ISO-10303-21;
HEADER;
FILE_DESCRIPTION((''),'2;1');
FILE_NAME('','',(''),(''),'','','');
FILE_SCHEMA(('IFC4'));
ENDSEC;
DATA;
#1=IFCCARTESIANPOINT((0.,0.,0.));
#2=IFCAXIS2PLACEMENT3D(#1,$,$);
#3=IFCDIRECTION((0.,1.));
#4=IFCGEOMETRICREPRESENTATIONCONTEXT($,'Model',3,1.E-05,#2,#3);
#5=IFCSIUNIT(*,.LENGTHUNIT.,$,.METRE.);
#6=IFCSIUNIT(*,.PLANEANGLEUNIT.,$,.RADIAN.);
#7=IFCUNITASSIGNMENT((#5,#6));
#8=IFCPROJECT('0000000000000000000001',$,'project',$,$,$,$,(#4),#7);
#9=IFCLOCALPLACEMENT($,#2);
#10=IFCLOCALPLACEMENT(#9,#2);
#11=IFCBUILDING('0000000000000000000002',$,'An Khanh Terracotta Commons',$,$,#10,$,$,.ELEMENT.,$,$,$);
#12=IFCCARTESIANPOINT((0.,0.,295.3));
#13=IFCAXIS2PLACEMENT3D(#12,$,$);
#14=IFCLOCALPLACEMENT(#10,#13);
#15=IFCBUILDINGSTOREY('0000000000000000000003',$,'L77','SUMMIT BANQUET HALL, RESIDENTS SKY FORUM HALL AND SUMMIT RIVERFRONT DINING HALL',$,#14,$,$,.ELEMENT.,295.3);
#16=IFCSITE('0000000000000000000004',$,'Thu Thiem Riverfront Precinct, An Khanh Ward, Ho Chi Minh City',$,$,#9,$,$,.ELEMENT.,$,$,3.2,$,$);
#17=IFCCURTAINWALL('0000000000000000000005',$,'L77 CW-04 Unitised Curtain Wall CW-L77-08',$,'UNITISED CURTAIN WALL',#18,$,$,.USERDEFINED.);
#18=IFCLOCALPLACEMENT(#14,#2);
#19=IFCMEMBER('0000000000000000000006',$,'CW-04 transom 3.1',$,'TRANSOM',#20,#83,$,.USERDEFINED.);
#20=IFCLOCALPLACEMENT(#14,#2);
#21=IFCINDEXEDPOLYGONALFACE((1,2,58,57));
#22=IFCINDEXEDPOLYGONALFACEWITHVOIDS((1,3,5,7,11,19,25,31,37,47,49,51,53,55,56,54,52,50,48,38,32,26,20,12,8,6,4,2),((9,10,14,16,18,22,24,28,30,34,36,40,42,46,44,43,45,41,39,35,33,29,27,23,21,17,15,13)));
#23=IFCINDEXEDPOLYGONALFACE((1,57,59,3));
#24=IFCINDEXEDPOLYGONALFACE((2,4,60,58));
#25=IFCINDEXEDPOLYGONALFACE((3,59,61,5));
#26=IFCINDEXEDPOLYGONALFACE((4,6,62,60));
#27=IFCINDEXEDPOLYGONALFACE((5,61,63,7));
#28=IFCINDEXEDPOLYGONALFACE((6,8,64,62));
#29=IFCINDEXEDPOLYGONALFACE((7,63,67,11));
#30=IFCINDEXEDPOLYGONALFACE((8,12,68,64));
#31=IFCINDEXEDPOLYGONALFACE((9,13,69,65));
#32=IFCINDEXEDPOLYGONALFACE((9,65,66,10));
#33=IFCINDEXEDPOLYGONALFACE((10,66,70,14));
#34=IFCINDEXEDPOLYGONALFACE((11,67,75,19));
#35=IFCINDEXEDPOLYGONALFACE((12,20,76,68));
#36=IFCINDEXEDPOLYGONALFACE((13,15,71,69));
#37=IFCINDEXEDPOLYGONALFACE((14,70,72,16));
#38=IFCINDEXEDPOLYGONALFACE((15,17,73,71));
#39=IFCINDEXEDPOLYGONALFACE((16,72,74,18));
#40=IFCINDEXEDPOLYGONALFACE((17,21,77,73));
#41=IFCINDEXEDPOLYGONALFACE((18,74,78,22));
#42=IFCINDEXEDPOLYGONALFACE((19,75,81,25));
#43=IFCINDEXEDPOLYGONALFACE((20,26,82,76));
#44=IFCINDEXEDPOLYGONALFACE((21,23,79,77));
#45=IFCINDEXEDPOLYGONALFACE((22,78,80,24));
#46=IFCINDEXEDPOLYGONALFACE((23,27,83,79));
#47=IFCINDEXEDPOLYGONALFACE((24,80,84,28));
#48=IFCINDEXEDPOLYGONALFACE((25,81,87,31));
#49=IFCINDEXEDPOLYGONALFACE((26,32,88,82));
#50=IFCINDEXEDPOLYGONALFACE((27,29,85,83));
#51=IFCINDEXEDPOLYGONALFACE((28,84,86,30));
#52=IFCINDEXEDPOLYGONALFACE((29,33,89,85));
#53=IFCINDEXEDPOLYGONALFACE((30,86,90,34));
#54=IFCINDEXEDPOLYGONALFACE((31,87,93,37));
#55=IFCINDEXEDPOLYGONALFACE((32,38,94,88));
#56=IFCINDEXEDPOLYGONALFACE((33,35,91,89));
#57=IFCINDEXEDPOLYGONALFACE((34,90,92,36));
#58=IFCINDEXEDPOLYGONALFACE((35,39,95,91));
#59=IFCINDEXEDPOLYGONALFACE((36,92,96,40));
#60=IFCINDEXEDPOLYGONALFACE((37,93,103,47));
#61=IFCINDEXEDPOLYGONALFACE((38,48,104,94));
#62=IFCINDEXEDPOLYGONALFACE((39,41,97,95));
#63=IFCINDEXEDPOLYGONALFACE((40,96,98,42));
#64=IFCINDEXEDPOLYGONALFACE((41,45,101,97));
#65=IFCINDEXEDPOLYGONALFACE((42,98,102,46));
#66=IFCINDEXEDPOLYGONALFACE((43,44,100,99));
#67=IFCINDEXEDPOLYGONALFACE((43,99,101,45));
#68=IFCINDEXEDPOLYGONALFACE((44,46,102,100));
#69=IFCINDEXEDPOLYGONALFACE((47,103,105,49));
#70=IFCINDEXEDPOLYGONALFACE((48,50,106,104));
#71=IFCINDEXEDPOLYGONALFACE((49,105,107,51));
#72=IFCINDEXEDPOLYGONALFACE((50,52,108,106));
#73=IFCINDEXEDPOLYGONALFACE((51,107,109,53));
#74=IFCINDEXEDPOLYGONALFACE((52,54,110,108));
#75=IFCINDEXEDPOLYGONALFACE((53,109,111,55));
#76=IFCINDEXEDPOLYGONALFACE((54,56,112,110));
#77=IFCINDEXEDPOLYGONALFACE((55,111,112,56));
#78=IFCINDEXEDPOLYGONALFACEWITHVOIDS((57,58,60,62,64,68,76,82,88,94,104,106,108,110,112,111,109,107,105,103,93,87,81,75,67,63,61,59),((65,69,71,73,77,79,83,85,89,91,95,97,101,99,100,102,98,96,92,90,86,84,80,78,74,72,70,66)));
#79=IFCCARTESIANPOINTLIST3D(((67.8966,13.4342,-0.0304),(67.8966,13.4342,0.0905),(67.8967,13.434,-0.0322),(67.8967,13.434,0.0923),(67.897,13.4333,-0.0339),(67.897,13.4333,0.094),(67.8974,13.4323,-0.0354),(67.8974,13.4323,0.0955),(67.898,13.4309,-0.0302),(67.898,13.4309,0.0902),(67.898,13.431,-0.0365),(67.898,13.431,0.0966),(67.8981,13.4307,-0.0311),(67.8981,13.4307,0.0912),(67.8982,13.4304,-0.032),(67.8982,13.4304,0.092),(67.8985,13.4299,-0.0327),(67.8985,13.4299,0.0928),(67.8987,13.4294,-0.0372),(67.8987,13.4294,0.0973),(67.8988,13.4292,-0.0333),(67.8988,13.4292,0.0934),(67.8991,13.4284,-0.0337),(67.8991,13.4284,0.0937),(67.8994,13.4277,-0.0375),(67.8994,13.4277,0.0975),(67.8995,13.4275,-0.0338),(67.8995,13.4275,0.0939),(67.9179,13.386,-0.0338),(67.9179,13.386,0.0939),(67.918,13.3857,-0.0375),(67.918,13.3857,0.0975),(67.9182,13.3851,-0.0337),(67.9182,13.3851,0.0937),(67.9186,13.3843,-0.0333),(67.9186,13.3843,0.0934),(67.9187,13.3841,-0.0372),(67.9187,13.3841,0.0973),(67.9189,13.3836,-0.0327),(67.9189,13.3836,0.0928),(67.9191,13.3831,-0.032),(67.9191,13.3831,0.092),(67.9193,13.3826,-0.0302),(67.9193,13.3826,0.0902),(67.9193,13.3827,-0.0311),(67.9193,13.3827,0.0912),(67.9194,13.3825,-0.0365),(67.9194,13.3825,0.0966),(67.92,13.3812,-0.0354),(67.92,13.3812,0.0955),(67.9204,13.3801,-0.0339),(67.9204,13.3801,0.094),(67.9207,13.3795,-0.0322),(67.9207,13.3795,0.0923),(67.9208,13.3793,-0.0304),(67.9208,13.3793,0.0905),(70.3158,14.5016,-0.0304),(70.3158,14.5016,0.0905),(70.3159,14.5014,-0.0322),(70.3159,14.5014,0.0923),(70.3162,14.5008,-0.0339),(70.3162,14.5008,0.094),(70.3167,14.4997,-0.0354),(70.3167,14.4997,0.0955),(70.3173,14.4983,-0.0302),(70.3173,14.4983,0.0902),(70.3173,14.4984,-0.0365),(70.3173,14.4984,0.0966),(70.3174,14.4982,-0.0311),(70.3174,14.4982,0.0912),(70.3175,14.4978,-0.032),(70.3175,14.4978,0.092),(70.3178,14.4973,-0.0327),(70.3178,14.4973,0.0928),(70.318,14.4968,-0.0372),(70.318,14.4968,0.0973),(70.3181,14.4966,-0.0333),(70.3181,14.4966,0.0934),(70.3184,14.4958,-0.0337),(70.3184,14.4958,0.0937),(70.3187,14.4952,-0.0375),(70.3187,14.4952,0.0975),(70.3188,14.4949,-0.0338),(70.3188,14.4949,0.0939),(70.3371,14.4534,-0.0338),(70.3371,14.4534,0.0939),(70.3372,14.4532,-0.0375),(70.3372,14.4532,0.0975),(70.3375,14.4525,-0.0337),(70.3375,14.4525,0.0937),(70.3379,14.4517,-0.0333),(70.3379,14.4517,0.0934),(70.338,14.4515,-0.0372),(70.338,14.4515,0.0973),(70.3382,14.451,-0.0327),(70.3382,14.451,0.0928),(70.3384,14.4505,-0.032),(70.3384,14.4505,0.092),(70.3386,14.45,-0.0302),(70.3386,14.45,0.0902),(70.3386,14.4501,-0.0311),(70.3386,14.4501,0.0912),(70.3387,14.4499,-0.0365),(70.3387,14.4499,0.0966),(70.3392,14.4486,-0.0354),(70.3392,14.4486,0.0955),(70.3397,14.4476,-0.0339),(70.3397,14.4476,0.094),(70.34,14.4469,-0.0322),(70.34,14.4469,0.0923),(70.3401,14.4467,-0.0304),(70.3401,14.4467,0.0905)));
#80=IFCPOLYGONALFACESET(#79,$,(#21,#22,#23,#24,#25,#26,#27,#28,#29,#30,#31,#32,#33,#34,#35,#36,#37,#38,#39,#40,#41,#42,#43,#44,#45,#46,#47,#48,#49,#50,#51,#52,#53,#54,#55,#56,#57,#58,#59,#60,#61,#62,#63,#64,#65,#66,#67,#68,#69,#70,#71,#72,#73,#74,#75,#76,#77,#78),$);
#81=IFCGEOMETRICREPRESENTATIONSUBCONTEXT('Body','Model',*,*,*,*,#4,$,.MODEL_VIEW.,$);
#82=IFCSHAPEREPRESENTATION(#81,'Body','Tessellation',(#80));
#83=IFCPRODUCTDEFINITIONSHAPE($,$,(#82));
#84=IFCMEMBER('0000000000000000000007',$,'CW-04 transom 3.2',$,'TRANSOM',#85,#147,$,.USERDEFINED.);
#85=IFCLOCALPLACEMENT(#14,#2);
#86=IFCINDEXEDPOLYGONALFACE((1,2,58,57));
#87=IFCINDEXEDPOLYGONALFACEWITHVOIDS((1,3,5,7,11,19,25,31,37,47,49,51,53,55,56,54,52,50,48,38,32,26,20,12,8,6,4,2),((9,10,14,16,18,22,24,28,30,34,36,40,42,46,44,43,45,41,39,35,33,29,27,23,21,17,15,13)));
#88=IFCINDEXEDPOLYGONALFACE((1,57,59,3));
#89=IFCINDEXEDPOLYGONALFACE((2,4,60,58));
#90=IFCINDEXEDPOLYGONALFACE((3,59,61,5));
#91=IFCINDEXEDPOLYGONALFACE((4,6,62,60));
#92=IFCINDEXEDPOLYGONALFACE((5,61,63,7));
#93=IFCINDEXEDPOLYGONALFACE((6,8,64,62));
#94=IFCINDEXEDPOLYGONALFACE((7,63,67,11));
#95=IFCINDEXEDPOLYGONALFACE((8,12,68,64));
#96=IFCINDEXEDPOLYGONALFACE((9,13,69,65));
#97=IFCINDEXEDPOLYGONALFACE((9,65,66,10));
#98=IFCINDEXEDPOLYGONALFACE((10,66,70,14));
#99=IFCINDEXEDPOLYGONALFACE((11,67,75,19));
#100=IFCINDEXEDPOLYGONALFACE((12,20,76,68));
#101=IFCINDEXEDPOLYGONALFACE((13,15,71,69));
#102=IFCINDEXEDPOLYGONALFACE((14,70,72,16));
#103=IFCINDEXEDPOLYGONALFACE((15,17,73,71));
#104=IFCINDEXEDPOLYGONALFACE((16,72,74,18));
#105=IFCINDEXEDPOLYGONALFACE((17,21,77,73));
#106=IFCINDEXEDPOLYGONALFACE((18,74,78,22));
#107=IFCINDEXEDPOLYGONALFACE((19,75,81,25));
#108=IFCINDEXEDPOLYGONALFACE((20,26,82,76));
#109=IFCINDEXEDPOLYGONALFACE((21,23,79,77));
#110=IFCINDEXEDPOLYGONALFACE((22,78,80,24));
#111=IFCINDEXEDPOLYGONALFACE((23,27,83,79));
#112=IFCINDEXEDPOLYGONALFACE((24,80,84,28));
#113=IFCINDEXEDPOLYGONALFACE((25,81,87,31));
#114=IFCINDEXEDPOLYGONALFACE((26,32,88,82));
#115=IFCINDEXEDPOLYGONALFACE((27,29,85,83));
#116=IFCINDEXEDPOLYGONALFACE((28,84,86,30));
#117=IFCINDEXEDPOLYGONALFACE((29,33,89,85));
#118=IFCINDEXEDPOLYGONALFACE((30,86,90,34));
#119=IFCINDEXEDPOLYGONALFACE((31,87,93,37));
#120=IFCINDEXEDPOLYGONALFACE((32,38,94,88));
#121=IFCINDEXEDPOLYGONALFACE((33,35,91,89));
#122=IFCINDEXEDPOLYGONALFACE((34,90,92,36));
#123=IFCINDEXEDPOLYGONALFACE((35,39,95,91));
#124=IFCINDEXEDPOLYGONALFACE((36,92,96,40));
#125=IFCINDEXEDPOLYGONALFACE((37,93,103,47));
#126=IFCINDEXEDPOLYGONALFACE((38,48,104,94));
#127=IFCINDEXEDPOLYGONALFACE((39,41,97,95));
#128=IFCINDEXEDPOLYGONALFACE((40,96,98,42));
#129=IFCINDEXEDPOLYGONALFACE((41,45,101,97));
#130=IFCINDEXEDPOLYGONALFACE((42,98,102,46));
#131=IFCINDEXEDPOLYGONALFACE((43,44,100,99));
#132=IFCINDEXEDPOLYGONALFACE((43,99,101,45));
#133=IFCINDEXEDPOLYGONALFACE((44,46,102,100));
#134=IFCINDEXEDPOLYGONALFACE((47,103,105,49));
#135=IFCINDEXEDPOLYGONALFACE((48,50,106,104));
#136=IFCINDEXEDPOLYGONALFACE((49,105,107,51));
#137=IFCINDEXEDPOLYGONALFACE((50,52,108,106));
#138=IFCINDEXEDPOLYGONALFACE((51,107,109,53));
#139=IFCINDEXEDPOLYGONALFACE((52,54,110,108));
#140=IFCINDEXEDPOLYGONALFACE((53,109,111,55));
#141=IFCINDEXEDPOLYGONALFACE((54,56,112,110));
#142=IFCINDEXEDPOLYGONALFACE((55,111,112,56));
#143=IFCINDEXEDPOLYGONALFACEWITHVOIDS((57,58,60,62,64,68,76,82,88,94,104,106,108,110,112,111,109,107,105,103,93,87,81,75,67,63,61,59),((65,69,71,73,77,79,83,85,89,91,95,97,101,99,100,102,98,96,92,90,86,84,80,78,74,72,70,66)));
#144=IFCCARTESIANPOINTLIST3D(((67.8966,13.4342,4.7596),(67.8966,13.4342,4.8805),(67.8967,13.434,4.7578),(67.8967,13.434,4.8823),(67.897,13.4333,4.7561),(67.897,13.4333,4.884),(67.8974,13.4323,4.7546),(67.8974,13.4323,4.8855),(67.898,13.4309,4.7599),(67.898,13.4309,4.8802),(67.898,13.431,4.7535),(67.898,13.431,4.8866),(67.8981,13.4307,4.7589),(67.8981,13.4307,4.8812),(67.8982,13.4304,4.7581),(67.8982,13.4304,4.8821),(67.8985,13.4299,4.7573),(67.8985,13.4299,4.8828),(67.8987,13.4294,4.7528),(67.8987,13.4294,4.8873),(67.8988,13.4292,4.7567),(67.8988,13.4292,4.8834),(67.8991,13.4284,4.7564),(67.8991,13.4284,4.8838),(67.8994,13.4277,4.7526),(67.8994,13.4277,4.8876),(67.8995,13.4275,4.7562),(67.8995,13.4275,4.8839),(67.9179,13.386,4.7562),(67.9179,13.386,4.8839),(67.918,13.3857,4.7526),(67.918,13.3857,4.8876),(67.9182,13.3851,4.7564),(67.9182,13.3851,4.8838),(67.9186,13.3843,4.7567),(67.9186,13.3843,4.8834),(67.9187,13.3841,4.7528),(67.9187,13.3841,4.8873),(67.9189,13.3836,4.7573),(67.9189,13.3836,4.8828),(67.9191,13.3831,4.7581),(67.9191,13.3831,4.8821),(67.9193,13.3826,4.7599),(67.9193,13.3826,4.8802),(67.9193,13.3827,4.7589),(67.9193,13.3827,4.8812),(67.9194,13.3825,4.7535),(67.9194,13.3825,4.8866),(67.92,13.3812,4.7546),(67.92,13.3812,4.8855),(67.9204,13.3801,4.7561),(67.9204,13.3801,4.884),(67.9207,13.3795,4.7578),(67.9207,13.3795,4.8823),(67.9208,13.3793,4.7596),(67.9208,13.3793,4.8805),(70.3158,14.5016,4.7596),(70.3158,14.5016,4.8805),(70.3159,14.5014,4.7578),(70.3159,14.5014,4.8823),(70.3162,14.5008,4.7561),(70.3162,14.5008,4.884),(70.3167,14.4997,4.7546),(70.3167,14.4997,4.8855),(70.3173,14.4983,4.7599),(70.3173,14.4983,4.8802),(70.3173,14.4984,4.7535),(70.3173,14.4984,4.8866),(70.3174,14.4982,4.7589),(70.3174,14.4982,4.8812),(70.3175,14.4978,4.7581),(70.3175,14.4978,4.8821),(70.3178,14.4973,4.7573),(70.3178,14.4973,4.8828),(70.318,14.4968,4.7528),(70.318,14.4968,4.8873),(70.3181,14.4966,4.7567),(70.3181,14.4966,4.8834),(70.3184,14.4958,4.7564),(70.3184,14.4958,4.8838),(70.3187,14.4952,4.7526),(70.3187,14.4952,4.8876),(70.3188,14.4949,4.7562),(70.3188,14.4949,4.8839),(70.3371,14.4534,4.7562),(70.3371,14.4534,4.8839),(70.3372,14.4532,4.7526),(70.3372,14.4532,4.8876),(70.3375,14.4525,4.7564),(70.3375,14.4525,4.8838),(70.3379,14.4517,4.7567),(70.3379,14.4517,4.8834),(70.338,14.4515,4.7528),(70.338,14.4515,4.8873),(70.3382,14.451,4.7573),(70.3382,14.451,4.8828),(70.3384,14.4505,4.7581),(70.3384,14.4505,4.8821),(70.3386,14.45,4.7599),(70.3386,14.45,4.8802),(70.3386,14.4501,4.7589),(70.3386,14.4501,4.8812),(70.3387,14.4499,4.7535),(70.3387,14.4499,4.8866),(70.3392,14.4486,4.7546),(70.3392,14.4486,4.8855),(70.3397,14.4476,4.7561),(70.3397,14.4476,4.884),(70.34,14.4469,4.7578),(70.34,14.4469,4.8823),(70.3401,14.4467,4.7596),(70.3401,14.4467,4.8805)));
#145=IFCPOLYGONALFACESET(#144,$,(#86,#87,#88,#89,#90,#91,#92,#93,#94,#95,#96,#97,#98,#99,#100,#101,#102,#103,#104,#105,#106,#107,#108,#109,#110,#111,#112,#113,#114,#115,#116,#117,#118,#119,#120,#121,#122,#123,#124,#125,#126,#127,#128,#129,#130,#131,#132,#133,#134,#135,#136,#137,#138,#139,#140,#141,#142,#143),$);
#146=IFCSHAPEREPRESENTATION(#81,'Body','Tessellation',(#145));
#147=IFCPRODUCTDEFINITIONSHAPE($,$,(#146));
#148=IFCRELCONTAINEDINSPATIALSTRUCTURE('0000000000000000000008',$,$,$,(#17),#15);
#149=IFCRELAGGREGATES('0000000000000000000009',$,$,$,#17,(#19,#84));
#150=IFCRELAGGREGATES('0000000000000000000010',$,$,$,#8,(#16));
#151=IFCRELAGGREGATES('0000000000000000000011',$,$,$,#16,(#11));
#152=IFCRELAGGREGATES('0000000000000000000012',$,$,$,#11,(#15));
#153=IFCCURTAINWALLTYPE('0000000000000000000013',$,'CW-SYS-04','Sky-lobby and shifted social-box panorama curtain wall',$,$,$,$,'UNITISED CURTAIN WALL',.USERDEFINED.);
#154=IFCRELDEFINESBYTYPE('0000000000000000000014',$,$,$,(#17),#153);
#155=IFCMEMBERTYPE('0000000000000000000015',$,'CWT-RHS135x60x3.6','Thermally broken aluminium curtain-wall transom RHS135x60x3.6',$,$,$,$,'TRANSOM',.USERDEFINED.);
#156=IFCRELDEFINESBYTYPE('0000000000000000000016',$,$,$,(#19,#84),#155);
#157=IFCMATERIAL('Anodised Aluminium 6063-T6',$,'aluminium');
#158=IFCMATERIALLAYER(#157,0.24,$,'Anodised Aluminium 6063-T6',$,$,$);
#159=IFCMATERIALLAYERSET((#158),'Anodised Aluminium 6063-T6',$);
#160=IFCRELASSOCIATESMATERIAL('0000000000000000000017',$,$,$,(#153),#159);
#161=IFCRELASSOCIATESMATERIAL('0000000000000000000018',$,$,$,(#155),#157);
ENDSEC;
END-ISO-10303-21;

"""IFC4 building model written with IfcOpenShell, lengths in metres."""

from ifc_helpers import new_model, si_unit, direction, frame, origin, origin_2d, place, context, subcontext, project, spatial, hollow_rectangle, extrude, material, layer, layer_set, material_profile, profile_set, type_object, element, aggregate, save


model = new_model("IFC4")

# Units and contexts
model_context = context("Model", 3, precision=1e-05, world=origin(), true_north=direction((0.0, 1.0)))
body_context = subcontext(model_context, "Body", "Model", "MODEL_VIEW")
ifc_project = project(units=[si_unit("LENGTHUNIT", "METRE"), si_unit("PLANEANGLEUNIT", "RADIAN")], contexts=[model_context])

# Site, building, storey
site_placement = place(None, origin())
site = spatial("IfcSite", under=ifc_project, at=site_placement, Name="Thu Thiem Riverfront Precinct, An Khanh Ward, Ho Chi Minh City", CompositionType="ELEMENT", RefElevation=3.2)
building_placement = place(site_placement, origin())
building = spatial("IfcBuilding", under=site, at=building_placement, Name="An Khanh Terracotta Commons", CompositionType="ELEMENT")
storey_placement = place(building_placement, frame((0.0, 0.0, 295.3)))
storey = spatial("IfcBuildingStorey", under=building, at=storey_placement, Name="L77", Description="SUMMIT BANQUET HALL, RESIDENTS SKY FORUM HALL AND SUMMIT RIVERFRONT DINING HALL", CompositionType="ELEMENT", Elevation=295.3)

# Curtain wall
ifc_material_1 = material(Name="Anodised Aluminium 6063-T6", Category="aluminium")
ifc_layer_1 = layer(ifc_material_1, 0.24, Name="Anodised Aluminium 6063-T6")
ifc_layer_set_1 = layer_set([ifc_layer_1], Name="Anodised Aluminium 6063-T6")
curtain_wall_type = type_object("IfcCurtainWallType", Name="CW-SYS-04", Description="Sky-lobby and shifted social-box panorama curtain wall", ElementType="UNITISED CURTAIN WALL", PredefinedType="USERDEFINED", material=ifc_layer_set_1)
curtain_wall_1_placement = place(storey_placement, origin())
curtain_wall_1 = element("IfcCurtainWall", 1, at=curtain_wall_1_placement, inside=storey, type_object=curtain_wall_type, Name="L77 CW-04 Unitised Curtain Wall CW-L77-08", ObjectType="UNITISED CURTAIN WALL", PredefinedType="USERDEFINED")

# Members
ifc_material_profile_1 = material_profile(ifc_material_1, hollow_rectangle(XDim=0.0601, YDim=0.135, WallThickness=0.0037, InnerFilletRadius=0.0037, OuterFilletRadius=0.0071, at=origin_2d()), Name="RHS135x60x3.6")
ifc_profile_set_1 = profile_set([ifc_material_profile_1], Name="Anodised Aluminium 6063-T6")
member_type_1 = type_object("IfcMemberType", Name="CWT-RHS135x60x3.6", Description="Thermally broken aluminium curtain-wall transom RHS135x60x3.6", ElementType="TRANSOM", PredefinedType="USERDEFINED", material=ifc_profile_set_1)
member_1_placement = place(storey_placement, frame((67.9087, 13.4067, 0.03), z_axis=(0.914905, 0.40367, 0.0), x_axis=(-0.40367, 0.914905, 0.0)))
member_1 = element("IfcMember", 2, at=member_1_placement, type_object=member_type_1, Name="CW-04 transom 3.1", ObjectType="TRANSOM", PredefinedType="USERDEFINED", context=body_context, shape_type="SweptSolid", body=[
    extrude(hollow_rectangle(XDim=0.0601, YDim=0.135, WallThickness=0.0037, InnerFilletRadius=0.0037, OuterFilletRadius=0.0071, at=origin_2d()), origin(), (0.0, 0.0, 1.0), 2.6443),
])
member_2_placement = place(storey_placement, frame((67.9087, 13.4067, 4.8201), z_axis=(0.914905, 0.40367, 0.0), x_axis=(-0.40367, 0.914905, 0.0)))
member_2 = element("IfcMember", 3, at=member_2_placement, type_object=member_type_1, Name="CW-04 transom 3.2", ObjectType="TRANSOM", PredefinedType="USERDEFINED", context=body_context, shape_type="SweptSolid", body=[
    extrude(hollow_rectangle(XDim=0.0601, YDim=0.135, WallThickness=0.0037, InnerFilletRadius=0.0037, OuterFilletRadius=0.0071, at=origin_2d()), origin(), (0.0, 0.0, 1.0), 2.6443),
])

aggregate(curtain_wall_1, [member_1, member_2])

save(model, "model.ifc")
